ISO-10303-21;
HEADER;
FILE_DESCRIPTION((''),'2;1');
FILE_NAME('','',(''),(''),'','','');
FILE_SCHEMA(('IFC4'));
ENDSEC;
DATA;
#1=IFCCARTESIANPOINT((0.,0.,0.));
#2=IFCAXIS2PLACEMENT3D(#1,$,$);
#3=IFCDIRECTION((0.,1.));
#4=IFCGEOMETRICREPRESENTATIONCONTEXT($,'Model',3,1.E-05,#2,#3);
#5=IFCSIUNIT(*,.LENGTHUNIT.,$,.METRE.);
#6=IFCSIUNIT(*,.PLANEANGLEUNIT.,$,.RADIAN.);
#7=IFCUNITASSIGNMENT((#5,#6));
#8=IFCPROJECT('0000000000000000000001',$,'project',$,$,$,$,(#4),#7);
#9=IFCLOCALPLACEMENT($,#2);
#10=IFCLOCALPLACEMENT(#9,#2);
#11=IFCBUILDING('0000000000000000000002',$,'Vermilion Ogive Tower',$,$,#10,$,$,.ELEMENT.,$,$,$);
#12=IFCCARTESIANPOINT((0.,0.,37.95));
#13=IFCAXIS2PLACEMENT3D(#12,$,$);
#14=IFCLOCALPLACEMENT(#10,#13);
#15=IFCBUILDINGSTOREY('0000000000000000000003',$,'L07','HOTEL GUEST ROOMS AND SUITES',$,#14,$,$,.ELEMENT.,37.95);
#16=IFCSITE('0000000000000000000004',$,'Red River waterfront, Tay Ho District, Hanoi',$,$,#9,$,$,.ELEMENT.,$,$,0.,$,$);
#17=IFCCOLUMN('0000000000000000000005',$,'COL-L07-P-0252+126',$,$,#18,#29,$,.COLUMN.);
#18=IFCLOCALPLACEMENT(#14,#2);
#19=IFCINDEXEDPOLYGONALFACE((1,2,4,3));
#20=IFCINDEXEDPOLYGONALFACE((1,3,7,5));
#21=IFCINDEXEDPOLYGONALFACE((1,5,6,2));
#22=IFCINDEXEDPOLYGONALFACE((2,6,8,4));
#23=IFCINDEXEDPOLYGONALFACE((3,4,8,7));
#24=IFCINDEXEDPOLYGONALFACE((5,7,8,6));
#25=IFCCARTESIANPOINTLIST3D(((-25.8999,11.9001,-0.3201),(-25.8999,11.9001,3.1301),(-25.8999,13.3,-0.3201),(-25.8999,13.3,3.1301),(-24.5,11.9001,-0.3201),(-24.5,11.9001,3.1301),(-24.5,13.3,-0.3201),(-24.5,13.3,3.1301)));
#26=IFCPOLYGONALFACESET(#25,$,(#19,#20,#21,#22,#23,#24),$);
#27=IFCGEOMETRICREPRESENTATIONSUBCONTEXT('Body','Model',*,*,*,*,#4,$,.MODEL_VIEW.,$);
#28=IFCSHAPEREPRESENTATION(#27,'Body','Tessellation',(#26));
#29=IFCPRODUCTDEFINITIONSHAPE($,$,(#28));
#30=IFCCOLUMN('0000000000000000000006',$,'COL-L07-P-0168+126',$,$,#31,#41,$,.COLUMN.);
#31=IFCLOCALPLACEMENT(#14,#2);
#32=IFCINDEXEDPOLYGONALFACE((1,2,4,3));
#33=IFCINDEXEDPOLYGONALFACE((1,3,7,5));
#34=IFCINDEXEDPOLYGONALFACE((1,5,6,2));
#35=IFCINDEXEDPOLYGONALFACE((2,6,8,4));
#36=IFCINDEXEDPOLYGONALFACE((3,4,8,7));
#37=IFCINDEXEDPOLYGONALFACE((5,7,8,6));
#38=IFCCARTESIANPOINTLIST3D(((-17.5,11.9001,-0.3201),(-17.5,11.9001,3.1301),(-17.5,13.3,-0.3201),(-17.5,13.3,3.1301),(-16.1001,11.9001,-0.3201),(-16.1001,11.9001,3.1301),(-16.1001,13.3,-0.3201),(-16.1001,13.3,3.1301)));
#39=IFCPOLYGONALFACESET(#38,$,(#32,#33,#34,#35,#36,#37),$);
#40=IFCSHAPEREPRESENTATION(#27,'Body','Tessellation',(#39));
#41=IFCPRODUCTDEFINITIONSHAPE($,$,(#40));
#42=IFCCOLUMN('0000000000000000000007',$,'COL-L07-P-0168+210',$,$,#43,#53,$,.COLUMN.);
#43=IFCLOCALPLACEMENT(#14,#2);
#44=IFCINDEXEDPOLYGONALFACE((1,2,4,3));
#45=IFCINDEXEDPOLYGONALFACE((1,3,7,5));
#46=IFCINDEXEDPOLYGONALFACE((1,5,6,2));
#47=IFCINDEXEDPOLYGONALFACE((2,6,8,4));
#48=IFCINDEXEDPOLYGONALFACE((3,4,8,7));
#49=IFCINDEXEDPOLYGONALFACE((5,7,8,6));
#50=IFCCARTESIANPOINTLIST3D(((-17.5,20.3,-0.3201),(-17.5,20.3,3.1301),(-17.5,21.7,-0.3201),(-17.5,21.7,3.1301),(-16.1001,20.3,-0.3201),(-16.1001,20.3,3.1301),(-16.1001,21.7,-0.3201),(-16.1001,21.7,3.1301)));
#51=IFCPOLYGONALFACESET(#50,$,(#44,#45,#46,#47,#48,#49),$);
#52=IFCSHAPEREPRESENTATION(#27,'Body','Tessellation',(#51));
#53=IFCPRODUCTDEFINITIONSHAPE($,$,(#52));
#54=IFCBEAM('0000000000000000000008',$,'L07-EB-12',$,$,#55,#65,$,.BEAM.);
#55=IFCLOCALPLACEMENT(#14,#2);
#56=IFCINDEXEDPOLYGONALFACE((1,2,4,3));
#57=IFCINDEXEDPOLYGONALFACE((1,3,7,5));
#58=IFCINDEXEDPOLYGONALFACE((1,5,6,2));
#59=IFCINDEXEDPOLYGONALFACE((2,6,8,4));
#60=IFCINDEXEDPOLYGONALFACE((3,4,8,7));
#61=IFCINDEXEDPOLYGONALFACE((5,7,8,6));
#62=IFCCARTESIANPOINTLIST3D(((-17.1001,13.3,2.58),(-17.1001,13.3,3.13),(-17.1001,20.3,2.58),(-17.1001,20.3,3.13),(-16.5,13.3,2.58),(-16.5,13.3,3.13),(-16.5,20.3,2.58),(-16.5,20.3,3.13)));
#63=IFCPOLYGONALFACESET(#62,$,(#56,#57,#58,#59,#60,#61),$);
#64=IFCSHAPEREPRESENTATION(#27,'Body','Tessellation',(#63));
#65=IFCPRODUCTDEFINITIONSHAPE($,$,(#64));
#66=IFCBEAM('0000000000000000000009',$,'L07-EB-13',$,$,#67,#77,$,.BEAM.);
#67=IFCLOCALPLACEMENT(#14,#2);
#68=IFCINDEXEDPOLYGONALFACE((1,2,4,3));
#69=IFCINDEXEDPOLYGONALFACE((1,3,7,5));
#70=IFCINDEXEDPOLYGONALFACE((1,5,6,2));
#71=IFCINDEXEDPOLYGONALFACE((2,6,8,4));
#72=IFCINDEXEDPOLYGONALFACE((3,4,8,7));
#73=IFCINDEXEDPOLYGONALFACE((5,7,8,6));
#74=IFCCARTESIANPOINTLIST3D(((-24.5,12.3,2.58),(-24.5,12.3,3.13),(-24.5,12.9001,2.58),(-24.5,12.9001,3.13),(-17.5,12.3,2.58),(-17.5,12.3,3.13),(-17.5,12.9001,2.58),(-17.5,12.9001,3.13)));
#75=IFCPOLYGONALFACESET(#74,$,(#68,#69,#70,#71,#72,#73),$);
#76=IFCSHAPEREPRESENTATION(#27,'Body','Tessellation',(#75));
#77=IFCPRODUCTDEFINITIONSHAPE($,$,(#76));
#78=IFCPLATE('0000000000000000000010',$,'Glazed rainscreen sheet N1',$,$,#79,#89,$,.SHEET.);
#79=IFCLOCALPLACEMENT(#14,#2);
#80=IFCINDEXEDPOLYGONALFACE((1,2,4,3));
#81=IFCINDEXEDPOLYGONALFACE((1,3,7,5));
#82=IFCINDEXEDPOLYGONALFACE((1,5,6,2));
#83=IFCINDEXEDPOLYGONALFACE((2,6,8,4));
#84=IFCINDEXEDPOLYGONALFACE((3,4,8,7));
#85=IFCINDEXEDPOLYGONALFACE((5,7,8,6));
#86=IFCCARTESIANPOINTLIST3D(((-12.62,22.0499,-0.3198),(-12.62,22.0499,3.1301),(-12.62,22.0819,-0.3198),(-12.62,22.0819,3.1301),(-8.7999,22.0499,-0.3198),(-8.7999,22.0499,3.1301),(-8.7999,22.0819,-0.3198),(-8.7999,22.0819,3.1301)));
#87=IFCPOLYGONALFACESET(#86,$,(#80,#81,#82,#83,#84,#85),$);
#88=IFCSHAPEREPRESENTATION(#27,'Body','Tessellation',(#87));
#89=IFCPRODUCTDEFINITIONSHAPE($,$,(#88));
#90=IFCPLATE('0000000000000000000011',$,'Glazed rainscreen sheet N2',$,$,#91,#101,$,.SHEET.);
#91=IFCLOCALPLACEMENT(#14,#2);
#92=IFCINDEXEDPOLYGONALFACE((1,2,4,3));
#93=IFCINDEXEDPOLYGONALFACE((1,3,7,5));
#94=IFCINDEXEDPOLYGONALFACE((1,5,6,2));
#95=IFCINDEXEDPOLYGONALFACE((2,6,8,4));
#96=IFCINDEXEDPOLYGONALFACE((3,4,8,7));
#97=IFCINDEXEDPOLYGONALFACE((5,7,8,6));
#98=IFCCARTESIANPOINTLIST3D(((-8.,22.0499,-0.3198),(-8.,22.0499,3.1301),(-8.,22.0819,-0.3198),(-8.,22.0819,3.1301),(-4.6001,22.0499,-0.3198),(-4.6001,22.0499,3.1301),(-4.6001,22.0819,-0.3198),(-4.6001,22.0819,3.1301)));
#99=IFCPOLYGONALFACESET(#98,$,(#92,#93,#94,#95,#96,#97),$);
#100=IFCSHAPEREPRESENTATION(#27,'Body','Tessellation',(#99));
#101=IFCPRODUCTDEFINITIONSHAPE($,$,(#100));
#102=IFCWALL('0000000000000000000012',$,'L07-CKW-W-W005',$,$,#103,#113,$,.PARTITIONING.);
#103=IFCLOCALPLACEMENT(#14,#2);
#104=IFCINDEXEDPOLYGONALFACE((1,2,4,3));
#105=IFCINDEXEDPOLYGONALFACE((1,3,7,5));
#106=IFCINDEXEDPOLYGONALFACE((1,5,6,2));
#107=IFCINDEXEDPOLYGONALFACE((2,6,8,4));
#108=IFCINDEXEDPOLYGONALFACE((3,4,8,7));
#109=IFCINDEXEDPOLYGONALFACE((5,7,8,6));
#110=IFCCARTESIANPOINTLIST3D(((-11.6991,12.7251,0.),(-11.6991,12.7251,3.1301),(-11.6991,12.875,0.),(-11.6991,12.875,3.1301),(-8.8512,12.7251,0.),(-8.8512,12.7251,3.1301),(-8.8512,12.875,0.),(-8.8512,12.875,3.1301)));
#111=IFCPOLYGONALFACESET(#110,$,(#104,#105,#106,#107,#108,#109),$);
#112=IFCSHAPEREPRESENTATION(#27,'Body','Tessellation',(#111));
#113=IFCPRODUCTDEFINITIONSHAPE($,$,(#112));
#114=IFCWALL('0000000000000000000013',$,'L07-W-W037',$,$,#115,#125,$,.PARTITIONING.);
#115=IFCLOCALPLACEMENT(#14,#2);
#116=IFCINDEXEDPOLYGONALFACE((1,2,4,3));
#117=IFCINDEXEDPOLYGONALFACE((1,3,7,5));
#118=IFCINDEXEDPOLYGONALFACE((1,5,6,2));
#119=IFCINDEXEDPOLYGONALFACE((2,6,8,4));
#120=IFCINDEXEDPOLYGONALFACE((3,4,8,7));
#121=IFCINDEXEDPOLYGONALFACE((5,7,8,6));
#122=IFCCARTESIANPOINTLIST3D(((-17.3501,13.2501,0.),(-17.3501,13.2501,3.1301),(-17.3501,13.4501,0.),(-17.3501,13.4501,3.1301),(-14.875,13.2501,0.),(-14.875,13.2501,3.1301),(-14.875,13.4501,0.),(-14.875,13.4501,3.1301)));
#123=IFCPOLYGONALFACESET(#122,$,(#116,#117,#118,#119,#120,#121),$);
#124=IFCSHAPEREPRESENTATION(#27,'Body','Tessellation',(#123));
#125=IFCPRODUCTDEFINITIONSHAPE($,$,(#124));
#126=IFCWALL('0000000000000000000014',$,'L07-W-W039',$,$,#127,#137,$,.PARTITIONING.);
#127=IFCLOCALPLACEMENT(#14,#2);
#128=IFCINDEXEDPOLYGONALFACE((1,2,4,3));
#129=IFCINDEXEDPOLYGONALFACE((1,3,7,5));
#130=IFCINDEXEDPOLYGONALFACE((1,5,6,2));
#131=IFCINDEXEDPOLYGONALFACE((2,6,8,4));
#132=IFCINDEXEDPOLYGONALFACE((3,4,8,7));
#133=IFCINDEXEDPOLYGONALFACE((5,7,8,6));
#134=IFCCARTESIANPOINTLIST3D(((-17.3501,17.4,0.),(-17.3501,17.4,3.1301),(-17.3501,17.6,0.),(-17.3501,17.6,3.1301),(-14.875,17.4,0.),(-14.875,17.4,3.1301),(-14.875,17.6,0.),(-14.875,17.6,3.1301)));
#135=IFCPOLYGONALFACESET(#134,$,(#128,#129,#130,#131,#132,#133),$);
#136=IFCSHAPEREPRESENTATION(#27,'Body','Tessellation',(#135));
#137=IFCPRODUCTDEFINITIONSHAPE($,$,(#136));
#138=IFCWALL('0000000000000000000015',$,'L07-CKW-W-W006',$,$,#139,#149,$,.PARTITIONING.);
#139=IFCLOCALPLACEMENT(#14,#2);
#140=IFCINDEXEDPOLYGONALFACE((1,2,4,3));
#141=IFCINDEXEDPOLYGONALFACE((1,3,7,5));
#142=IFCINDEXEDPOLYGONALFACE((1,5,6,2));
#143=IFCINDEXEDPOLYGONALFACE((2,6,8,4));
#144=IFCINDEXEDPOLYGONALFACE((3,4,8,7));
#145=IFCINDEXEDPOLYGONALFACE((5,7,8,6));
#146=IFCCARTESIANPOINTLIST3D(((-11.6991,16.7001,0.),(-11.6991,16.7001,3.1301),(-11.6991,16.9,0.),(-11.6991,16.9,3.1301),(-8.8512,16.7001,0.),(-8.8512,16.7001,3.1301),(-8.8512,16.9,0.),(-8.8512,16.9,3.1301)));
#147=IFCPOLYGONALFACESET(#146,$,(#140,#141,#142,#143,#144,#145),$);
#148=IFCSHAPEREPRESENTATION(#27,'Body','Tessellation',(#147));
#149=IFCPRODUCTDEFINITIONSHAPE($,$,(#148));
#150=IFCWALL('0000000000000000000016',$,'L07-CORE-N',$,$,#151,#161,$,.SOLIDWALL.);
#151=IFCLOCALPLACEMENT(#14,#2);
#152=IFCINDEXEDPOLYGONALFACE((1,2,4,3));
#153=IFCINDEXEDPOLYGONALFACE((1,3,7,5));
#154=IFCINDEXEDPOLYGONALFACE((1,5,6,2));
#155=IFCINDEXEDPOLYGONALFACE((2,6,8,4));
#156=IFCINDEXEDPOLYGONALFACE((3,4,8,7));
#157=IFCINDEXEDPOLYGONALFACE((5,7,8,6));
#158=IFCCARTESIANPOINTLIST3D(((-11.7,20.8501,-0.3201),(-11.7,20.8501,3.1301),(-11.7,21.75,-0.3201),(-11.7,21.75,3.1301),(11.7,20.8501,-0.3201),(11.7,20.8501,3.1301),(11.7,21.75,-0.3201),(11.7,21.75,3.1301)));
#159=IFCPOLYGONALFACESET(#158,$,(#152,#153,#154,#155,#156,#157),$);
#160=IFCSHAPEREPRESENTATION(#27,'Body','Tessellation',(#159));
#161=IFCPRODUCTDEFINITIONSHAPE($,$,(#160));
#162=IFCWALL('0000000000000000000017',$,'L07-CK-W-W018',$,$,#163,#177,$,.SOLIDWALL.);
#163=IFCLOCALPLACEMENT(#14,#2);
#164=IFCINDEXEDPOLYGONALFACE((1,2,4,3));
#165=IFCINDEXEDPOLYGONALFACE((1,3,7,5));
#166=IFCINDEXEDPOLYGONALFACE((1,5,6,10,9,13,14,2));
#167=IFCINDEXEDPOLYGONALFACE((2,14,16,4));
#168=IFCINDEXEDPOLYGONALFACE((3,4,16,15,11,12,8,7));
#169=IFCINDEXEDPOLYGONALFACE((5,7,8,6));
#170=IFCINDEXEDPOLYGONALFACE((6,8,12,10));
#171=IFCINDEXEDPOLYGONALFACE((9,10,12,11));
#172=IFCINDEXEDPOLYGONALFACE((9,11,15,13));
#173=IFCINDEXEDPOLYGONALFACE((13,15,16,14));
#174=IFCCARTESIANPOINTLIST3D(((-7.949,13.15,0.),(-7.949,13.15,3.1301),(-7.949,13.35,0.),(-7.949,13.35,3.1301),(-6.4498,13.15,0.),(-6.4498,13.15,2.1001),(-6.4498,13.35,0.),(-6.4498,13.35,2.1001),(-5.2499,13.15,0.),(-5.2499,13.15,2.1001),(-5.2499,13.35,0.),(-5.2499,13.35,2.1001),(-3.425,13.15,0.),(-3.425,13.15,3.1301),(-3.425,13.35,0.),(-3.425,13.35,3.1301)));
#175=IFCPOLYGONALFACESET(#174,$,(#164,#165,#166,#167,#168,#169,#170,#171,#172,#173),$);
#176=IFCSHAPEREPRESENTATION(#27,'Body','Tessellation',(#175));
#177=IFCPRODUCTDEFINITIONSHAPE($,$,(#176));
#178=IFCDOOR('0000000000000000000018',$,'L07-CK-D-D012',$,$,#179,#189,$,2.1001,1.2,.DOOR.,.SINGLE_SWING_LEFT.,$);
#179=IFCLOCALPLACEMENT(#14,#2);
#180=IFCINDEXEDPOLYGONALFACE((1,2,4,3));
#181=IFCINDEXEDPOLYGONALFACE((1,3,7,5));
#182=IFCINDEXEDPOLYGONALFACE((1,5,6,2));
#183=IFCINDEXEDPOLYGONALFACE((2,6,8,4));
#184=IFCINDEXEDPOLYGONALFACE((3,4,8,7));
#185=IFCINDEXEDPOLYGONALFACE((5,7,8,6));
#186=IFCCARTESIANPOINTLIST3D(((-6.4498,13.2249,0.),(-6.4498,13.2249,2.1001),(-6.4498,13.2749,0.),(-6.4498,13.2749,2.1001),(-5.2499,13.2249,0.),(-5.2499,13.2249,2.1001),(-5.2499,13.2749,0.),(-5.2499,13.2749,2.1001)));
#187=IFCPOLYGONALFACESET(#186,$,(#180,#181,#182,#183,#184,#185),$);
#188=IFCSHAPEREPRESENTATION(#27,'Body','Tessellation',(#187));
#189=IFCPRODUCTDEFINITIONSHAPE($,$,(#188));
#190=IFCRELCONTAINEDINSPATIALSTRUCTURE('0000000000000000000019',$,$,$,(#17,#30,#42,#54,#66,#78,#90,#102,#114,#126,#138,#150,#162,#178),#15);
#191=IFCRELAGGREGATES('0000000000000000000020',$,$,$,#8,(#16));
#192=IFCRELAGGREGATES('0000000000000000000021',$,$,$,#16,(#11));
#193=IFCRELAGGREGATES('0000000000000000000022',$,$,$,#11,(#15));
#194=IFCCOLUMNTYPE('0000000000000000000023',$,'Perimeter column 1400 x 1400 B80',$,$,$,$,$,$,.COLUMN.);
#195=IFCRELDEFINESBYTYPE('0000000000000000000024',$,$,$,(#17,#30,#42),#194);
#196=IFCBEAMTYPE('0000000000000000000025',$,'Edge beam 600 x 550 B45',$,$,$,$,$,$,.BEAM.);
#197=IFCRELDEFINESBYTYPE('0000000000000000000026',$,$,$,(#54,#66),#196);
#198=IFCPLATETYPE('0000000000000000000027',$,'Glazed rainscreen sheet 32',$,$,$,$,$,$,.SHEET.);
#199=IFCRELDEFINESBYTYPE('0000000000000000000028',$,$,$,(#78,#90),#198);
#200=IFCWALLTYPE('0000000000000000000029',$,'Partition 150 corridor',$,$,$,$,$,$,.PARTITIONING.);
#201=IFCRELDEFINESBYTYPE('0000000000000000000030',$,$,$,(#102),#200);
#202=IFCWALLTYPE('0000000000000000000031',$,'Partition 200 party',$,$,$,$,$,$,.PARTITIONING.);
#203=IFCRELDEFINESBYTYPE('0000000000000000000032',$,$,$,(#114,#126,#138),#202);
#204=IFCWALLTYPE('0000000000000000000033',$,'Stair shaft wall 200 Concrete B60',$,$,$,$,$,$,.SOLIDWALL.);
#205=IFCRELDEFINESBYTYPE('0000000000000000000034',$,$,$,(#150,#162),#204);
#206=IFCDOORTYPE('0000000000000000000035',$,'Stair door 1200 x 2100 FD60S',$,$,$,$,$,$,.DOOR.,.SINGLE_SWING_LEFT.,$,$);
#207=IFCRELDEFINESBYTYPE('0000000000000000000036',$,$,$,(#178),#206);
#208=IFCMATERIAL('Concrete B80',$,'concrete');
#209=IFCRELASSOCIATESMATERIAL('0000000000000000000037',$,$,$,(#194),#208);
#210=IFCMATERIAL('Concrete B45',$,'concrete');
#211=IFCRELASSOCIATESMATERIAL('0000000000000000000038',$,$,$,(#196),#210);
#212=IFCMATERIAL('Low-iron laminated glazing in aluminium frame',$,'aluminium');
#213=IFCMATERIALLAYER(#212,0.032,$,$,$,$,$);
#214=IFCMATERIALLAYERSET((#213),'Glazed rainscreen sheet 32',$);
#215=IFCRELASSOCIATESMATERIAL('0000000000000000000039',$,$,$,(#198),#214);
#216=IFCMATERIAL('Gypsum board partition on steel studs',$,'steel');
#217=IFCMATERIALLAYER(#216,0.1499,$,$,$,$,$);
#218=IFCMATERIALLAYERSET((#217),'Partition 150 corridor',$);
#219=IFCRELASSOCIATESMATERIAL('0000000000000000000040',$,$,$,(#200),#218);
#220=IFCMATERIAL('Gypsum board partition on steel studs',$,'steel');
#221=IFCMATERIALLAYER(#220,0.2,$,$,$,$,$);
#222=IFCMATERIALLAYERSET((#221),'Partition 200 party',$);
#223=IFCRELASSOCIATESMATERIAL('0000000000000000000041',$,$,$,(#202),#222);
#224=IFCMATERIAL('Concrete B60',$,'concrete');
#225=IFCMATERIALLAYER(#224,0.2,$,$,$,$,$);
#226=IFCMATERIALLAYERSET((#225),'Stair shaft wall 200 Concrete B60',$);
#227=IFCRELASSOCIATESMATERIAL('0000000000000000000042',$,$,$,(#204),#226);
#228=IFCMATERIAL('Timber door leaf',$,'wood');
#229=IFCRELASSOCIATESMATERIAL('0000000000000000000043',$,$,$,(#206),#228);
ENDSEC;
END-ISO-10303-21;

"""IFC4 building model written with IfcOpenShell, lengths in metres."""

from ifc_helpers import new_model, si_unit, direction, frame, frame_2d, origin, origin_2d, place, context, subcontext, project, spatial, rectangle, extrude, material, layer, layer_set, material_profile, profile_set, type_object, element, fill, save


model = new_model("IFC4")

# Units and contexts
model_context = context("Model", 3, precision=1e-05, world=origin(), true_north=direction((0.0, 1.0)))
body_context = subcontext(model_context, "Body", "Model", "MODEL_VIEW")
ifc_project = project(units=[si_unit("LENGTHUNIT", "METRE"), si_unit("PLANEANGLEUNIT", "RADIAN")], contexts=[model_context])

# Site, building, storey
site_placement = place(None, origin())
site = spatial("IfcSite", under=ifc_project, at=site_placement, Name="Red River waterfront, Tay Ho District, Hanoi", CompositionType="ELEMENT", RefElevation=0.0)
building_placement = place(site_placement, origin())
building = spatial("IfcBuilding", under=site, at=building_placement, Name="Vermilion Ogive Tower", CompositionType="ELEMENT")
storey_placement = place(building_placement, frame((0.0, 0.0, 37.95)))
storey = spatial("IfcBuildingStorey", under=building, at=storey_placement, Name="L07", Description="HOTEL GUEST ROOMS AND SUITES", CompositionType="ELEMENT", Elevation=37.95)

# Columns
ifc_material_1 = material(Name="Concrete B80", Category="concrete")
ifc_material_profile_1 = material_profile(ifc_material_1, rectangle(XDim=1.3999, YDim=1.3999, at=origin_2d()), Name="1400 x 1400")
ifc_profile_set_1 = profile_set([ifc_material_profile_1], Name="Concrete B80")
column_type = type_object("IfcColumnType", Name="Perimeter column 1400 x 1400 B80", PredefinedType="COLUMN", material=ifc_profile_set_1)
for number, where, z_axis, x_axis, name in (
    (1, (-25.2, 12.6001, -0.3201), (0.0, 0.0, 1.0), (1.0, 0.0, 0.0), "COL-L07-P-0252+126"),
    (2, (-16.8, 12.6001, -0.3201), (0.0, 0.0, 1.0), (1.0, 0.0, 0.0), "COL-L07-P-0168+126"),
    (3, (-16.8, 21.0, -0.3201), (0.0, 0.0, 1.0), (1.0, 0.0, 0.0), "COL-L07-P-0168+210"),
):
    element("IfcColumn", number, at=place(storey_placement, frame(where, z_axis=z_axis, x_axis=x_axis)), inside=storey, type_object=column_type, Name=name, PredefinedType="COLUMN", context=body_context, shape_type="SweptSolid", body=[
        extrude(rectangle(XDim=1.3999, YDim=1.3999, at=origin_2d()), origin(), (0.0, 0.0, 1.0), 3.4502),
    ])

# Beams
ifc_material_2 = material(Name="Concrete B45", Category="concrete")
ifc_material_profile_2 = material_profile(ifc_material_2, rectangle(XDim=0.6001, YDim=0.55, at=origin_2d()), Name="600 x 550")
ifc_profile_set_2 = profile_set([ifc_material_profile_2], Name="Concrete B45")
beam_type = type_object("IfcBeamType", Name="Edge beam 600 x 550 B45", PredefinedType="BEAM", material=ifc_profile_set_2)
for number, where, z_axis, x_axis, name in (
    (4, (-16.8, 20.3, 2.855), (0.0, -1.0, 0.0), (1.0, 0.0, 0.0), "L07-EB-12"),
    (5, (-17.5, 12.6001, 2.855), (-1.0, 0.0, 0.0), (0.0, -1.0, 0.0), "L07-EB-13"),
):
    element("IfcBeam", number, at=place(storey_placement, frame(where, z_axis=z_axis, x_axis=x_axis)), inside=storey, type_object=beam_type, Name=name, PredefinedType="BEAM", context=body_context, shape_type="SweptSolid", body=[
        extrude(rectangle(XDim=0.6001, YDim=0.55, at=origin_2d()), origin(), (0.0, 0.0, 1.0), 7.0),
    ])

# Plates
ifc_material_3 = material(Name="Low-iron laminated glazing in aluminium frame", Category="aluminium")
ifc_layer_1 = layer(ifc_material_3, 0.032)
ifc_layer_set_1 = layer_set([ifc_layer_1], Name="Glazed rainscreen sheet 32")
plate_type = type_object("IfcPlateType", Name="Glazed rainscreen sheet 32", PredefinedType="SHEET", material=ifc_layer_set_1)
plate_1_placement = place(storey_placement, frame((-10.71, 22.0659, -0.3198), z_axis=(0.0, 0.0, 1.0), x_axis=(1.0, 0.0, 0.0)))
element("IfcPlate", 6, at=plate_1_placement, inside=storey, type_object=plate_type, Name="Glazed rainscreen sheet N1", PredefinedType="SHEET", context=body_context, shape_type="SweptSolid", body=[
    extrude(rectangle(XDim=3.8201, YDim=0.032, at=origin_2d()), origin(), (0.0, 0.0, 1.0), 3.45),
])
plate_2_placement = place(storey_placement, frame((-6.3, 22.0659, -0.3198), z_axis=(0.0, 0.0, 1.0), x_axis=(1.0, 0.0, 0.0)))
element("IfcPlate", 7, at=plate_2_placement, inside=storey, type_object=plate_type, Name="Glazed rainscreen sheet N2", PredefinedType="SHEET", context=body_context, shape_type="SweptSolid", body=[
    extrude(rectangle(XDim=3.3999, YDim=0.032, at=origin_2d()), origin(), (0.0, 0.0, 1.0), 3.45),
])

# Walls
ifc_material_4 = material(Name="Gypsum board partition on steel studs", Category="steel")
ifc_layer_2 = layer(ifc_material_4, 0.1499)
ifc_layer_set_2 = layer_set([ifc_layer_2], Name="Partition 150 corridor")
wall_type_1 = type_object("IfcWallType", Name="Partition 150 corridor", PredefinedType="PARTITIONING", material=ifc_layer_set_2)
wall_1_placement = place(storey_placement, frame((-11.699, 12.8, 0.0), z_axis=(0.0, 0.0, 1.0), x_axis=(1.0, 0.0, 0.0)))
element("IfcWall", 8, at=wall_1_placement, inside=storey, type_object=wall_type_1, Name="L07-CKW-W-W005", PredefinedType="PARTITIONING", context=body_context, shape_type="SweptSolid", body=[
    extrude(rectangle(XDim=2.8479, YDim=0.1499, at=frame_2d((1.4238, 0.0))), origin(), (0.0, 0.0, 1.0), 3.1301),
])
ifc_material_5 = material(Name="Gypsum board partition on steel studs", Category="steel")
ifc_layer_3 = layer(ifc_material_5, 0.2)
ifc_layer_set_3 = layer_set([ifc_layer_3], Name="Partition 200 party")
wall_type_2 = type_object("IfcWallType", Name="Partition 200 party", PredefinedType="PARTITIONING", material=ifc_layer_set_3)
for number, where, z_axis, x_axis, name in (
    (9, (-17.3501, 13.3501, 0.0), (0.0, 0.0, 1.0), (1.0, 0.0, 0.0), "L07-W-W037"),
    (10, (-17.3501, 17.5, 0.0), (0.0, 0.0, 1.0), (1.0, 0.0, 0.0), "L07-W-W039"),
):
    element("IfcWall", number, at=place(storey_placement, frame(where, z_axis=z_axis, x_axis=x_axis)), inside=storey, type_object=wall_type_2, Name=name, PredefinedType="PARTITIONING", context=body_context, shape_type="SweptSolid", body=[
        extrude(rectangle(XDim=2.4751, YDim=0.2, at=frame_2d((1.2375, 0.0))), origin(), (0.0, 0.0, 1.0), 3.1301),
    ])
wall_2_placement = place(storey_placement, frame((-11.699, 16.8, 0.0), z_axis=(0.0, 0.0, 1.0), x_axis=(1.0, 0.0, 0.0)))
element("IfcWall", 11, at=wall_2_placement, inside=storey, type_object=wall_type_2, Name="L07-CKW-W-W006", PredefinedType="PARTITIONING", context=body_context, shape_type="SweptSolid", body=[
    extrude(rectangle(XDim=2.8479, YDim=0.2, at=frame_2d((1.4238, 0.0))), origin(), (0.0, 0.0, 1.0), 3.1301),
])
ifc_material_6 = material(Name="Concrete B60", Category="concrete")
ifc_layer_4 = layer(ifc_material_6, 0.2)
ifc_layer_set_4 = layer_set([ifc_layer_4], Name="Stair shaft wall 200 Concrete B60")
wall_type_3 = type_object("IfcWallType", Name="Stair shaft wall 200 Concrete B60", PredefinedType="SOLIDWALL", material=ifc_layer_set_4)
wall_3_placement = place(storey_placement, frame((-11.7, 21.3, -0.3201), z_axis=(0.0, 0.0, 1.0), x_axis=(1.0, 0.0, 0.0)))
element("IfcWall", 12, at=wall_3_placement, inside=storey, type_object=wall_type_3, Name="L07-CORE-N", PredefinedType="SOLIDWALL", context=body_context, shape_type="SweptSolid", body=[
    extrude(rectangle(XDim=23.3999, YDim=0.8999, at=frame_2d((11.7, 0.0))), origin(), (0.0, 0.0, 1.0), 3.4502),
])

# Wall, opening, door
wall_4_placement = place(storey_placement, frame((-7.949, 13.25, 0.0), z_axis=(0.0, 0.0, 1.0), x_axis=(1.0, 0.0, 0.0)))
wall_4 = element("IfcWall", 13, at=wall_4_placement, inside=storey, type_object=wall_type_3, Name="L07-CK-W-W018", PredefinedType="SOLIDWALL", context=body_context, shape_type="SweptSolid", body=[
    extrude(rectangle(XDim=4.5239, YDim=0.2, at=frame_2d((2.262, 0.0))), origin(), (0.0, 0.0, 1.0), 3.1301),
])
opening_1_placement = place(wall_4_placement, frame((1.499, 0.0, 0.0)))
opening_1 = element("IfcOpeningElement", 14, at=opening_1_placement, cuts=wall_4, PredefinedType="OPENING", context=body_context, shape_type="SweptSolid", body=[
    extrude(rectangle(XDim=1.2, YDim=2.1001, at=frame_2d((0.6001, 1.05))), frame((0.0, 0.1099, 0.0), z_axis=(0.0, -1.0, 0.0), x_axis=(1.0, 0.0, 0.0)), (0.0, 0.0, 1.0), 0.22),
])
ifc_material_7 = material(Name="Timber door leaf", Category="wood")
door_type_1 = type_object("IfcDoorType", Name="Stair door 1200 x 2100 FD60S", OperationType="SINGLE_SWING_LEFT", PredefinedType="DOOR", material=ifc_material_7)
door_1_placement = place(opening_1_placement, origin())
door_1 = element("IfcDoor", 15, at=door_1_placement, inside=storey, type_object=door_type_1, Name="L07-CK-D-D012", OperationType="SINGLE_SWING_LEFT", OverallHeight=2.1001, OverallWidth=1.2, PredefinedType="DOOR", context=body_context, shape_type="SweptSolid", body=[
    extrude(rectangle(XDim=1.2, YDim=2.1001, at=frame_2d((0.6001, 1.05))), frame((0.0, 0.0249, 0.0), z_axis=(0.0, -1.0, 0.0), x_axis=(1.0, 0.0, 0.0)), (0.0, 0.0, 1.0), 0.05),
])
fill(opening_1, door_1)

save(model, "model.ifc")
